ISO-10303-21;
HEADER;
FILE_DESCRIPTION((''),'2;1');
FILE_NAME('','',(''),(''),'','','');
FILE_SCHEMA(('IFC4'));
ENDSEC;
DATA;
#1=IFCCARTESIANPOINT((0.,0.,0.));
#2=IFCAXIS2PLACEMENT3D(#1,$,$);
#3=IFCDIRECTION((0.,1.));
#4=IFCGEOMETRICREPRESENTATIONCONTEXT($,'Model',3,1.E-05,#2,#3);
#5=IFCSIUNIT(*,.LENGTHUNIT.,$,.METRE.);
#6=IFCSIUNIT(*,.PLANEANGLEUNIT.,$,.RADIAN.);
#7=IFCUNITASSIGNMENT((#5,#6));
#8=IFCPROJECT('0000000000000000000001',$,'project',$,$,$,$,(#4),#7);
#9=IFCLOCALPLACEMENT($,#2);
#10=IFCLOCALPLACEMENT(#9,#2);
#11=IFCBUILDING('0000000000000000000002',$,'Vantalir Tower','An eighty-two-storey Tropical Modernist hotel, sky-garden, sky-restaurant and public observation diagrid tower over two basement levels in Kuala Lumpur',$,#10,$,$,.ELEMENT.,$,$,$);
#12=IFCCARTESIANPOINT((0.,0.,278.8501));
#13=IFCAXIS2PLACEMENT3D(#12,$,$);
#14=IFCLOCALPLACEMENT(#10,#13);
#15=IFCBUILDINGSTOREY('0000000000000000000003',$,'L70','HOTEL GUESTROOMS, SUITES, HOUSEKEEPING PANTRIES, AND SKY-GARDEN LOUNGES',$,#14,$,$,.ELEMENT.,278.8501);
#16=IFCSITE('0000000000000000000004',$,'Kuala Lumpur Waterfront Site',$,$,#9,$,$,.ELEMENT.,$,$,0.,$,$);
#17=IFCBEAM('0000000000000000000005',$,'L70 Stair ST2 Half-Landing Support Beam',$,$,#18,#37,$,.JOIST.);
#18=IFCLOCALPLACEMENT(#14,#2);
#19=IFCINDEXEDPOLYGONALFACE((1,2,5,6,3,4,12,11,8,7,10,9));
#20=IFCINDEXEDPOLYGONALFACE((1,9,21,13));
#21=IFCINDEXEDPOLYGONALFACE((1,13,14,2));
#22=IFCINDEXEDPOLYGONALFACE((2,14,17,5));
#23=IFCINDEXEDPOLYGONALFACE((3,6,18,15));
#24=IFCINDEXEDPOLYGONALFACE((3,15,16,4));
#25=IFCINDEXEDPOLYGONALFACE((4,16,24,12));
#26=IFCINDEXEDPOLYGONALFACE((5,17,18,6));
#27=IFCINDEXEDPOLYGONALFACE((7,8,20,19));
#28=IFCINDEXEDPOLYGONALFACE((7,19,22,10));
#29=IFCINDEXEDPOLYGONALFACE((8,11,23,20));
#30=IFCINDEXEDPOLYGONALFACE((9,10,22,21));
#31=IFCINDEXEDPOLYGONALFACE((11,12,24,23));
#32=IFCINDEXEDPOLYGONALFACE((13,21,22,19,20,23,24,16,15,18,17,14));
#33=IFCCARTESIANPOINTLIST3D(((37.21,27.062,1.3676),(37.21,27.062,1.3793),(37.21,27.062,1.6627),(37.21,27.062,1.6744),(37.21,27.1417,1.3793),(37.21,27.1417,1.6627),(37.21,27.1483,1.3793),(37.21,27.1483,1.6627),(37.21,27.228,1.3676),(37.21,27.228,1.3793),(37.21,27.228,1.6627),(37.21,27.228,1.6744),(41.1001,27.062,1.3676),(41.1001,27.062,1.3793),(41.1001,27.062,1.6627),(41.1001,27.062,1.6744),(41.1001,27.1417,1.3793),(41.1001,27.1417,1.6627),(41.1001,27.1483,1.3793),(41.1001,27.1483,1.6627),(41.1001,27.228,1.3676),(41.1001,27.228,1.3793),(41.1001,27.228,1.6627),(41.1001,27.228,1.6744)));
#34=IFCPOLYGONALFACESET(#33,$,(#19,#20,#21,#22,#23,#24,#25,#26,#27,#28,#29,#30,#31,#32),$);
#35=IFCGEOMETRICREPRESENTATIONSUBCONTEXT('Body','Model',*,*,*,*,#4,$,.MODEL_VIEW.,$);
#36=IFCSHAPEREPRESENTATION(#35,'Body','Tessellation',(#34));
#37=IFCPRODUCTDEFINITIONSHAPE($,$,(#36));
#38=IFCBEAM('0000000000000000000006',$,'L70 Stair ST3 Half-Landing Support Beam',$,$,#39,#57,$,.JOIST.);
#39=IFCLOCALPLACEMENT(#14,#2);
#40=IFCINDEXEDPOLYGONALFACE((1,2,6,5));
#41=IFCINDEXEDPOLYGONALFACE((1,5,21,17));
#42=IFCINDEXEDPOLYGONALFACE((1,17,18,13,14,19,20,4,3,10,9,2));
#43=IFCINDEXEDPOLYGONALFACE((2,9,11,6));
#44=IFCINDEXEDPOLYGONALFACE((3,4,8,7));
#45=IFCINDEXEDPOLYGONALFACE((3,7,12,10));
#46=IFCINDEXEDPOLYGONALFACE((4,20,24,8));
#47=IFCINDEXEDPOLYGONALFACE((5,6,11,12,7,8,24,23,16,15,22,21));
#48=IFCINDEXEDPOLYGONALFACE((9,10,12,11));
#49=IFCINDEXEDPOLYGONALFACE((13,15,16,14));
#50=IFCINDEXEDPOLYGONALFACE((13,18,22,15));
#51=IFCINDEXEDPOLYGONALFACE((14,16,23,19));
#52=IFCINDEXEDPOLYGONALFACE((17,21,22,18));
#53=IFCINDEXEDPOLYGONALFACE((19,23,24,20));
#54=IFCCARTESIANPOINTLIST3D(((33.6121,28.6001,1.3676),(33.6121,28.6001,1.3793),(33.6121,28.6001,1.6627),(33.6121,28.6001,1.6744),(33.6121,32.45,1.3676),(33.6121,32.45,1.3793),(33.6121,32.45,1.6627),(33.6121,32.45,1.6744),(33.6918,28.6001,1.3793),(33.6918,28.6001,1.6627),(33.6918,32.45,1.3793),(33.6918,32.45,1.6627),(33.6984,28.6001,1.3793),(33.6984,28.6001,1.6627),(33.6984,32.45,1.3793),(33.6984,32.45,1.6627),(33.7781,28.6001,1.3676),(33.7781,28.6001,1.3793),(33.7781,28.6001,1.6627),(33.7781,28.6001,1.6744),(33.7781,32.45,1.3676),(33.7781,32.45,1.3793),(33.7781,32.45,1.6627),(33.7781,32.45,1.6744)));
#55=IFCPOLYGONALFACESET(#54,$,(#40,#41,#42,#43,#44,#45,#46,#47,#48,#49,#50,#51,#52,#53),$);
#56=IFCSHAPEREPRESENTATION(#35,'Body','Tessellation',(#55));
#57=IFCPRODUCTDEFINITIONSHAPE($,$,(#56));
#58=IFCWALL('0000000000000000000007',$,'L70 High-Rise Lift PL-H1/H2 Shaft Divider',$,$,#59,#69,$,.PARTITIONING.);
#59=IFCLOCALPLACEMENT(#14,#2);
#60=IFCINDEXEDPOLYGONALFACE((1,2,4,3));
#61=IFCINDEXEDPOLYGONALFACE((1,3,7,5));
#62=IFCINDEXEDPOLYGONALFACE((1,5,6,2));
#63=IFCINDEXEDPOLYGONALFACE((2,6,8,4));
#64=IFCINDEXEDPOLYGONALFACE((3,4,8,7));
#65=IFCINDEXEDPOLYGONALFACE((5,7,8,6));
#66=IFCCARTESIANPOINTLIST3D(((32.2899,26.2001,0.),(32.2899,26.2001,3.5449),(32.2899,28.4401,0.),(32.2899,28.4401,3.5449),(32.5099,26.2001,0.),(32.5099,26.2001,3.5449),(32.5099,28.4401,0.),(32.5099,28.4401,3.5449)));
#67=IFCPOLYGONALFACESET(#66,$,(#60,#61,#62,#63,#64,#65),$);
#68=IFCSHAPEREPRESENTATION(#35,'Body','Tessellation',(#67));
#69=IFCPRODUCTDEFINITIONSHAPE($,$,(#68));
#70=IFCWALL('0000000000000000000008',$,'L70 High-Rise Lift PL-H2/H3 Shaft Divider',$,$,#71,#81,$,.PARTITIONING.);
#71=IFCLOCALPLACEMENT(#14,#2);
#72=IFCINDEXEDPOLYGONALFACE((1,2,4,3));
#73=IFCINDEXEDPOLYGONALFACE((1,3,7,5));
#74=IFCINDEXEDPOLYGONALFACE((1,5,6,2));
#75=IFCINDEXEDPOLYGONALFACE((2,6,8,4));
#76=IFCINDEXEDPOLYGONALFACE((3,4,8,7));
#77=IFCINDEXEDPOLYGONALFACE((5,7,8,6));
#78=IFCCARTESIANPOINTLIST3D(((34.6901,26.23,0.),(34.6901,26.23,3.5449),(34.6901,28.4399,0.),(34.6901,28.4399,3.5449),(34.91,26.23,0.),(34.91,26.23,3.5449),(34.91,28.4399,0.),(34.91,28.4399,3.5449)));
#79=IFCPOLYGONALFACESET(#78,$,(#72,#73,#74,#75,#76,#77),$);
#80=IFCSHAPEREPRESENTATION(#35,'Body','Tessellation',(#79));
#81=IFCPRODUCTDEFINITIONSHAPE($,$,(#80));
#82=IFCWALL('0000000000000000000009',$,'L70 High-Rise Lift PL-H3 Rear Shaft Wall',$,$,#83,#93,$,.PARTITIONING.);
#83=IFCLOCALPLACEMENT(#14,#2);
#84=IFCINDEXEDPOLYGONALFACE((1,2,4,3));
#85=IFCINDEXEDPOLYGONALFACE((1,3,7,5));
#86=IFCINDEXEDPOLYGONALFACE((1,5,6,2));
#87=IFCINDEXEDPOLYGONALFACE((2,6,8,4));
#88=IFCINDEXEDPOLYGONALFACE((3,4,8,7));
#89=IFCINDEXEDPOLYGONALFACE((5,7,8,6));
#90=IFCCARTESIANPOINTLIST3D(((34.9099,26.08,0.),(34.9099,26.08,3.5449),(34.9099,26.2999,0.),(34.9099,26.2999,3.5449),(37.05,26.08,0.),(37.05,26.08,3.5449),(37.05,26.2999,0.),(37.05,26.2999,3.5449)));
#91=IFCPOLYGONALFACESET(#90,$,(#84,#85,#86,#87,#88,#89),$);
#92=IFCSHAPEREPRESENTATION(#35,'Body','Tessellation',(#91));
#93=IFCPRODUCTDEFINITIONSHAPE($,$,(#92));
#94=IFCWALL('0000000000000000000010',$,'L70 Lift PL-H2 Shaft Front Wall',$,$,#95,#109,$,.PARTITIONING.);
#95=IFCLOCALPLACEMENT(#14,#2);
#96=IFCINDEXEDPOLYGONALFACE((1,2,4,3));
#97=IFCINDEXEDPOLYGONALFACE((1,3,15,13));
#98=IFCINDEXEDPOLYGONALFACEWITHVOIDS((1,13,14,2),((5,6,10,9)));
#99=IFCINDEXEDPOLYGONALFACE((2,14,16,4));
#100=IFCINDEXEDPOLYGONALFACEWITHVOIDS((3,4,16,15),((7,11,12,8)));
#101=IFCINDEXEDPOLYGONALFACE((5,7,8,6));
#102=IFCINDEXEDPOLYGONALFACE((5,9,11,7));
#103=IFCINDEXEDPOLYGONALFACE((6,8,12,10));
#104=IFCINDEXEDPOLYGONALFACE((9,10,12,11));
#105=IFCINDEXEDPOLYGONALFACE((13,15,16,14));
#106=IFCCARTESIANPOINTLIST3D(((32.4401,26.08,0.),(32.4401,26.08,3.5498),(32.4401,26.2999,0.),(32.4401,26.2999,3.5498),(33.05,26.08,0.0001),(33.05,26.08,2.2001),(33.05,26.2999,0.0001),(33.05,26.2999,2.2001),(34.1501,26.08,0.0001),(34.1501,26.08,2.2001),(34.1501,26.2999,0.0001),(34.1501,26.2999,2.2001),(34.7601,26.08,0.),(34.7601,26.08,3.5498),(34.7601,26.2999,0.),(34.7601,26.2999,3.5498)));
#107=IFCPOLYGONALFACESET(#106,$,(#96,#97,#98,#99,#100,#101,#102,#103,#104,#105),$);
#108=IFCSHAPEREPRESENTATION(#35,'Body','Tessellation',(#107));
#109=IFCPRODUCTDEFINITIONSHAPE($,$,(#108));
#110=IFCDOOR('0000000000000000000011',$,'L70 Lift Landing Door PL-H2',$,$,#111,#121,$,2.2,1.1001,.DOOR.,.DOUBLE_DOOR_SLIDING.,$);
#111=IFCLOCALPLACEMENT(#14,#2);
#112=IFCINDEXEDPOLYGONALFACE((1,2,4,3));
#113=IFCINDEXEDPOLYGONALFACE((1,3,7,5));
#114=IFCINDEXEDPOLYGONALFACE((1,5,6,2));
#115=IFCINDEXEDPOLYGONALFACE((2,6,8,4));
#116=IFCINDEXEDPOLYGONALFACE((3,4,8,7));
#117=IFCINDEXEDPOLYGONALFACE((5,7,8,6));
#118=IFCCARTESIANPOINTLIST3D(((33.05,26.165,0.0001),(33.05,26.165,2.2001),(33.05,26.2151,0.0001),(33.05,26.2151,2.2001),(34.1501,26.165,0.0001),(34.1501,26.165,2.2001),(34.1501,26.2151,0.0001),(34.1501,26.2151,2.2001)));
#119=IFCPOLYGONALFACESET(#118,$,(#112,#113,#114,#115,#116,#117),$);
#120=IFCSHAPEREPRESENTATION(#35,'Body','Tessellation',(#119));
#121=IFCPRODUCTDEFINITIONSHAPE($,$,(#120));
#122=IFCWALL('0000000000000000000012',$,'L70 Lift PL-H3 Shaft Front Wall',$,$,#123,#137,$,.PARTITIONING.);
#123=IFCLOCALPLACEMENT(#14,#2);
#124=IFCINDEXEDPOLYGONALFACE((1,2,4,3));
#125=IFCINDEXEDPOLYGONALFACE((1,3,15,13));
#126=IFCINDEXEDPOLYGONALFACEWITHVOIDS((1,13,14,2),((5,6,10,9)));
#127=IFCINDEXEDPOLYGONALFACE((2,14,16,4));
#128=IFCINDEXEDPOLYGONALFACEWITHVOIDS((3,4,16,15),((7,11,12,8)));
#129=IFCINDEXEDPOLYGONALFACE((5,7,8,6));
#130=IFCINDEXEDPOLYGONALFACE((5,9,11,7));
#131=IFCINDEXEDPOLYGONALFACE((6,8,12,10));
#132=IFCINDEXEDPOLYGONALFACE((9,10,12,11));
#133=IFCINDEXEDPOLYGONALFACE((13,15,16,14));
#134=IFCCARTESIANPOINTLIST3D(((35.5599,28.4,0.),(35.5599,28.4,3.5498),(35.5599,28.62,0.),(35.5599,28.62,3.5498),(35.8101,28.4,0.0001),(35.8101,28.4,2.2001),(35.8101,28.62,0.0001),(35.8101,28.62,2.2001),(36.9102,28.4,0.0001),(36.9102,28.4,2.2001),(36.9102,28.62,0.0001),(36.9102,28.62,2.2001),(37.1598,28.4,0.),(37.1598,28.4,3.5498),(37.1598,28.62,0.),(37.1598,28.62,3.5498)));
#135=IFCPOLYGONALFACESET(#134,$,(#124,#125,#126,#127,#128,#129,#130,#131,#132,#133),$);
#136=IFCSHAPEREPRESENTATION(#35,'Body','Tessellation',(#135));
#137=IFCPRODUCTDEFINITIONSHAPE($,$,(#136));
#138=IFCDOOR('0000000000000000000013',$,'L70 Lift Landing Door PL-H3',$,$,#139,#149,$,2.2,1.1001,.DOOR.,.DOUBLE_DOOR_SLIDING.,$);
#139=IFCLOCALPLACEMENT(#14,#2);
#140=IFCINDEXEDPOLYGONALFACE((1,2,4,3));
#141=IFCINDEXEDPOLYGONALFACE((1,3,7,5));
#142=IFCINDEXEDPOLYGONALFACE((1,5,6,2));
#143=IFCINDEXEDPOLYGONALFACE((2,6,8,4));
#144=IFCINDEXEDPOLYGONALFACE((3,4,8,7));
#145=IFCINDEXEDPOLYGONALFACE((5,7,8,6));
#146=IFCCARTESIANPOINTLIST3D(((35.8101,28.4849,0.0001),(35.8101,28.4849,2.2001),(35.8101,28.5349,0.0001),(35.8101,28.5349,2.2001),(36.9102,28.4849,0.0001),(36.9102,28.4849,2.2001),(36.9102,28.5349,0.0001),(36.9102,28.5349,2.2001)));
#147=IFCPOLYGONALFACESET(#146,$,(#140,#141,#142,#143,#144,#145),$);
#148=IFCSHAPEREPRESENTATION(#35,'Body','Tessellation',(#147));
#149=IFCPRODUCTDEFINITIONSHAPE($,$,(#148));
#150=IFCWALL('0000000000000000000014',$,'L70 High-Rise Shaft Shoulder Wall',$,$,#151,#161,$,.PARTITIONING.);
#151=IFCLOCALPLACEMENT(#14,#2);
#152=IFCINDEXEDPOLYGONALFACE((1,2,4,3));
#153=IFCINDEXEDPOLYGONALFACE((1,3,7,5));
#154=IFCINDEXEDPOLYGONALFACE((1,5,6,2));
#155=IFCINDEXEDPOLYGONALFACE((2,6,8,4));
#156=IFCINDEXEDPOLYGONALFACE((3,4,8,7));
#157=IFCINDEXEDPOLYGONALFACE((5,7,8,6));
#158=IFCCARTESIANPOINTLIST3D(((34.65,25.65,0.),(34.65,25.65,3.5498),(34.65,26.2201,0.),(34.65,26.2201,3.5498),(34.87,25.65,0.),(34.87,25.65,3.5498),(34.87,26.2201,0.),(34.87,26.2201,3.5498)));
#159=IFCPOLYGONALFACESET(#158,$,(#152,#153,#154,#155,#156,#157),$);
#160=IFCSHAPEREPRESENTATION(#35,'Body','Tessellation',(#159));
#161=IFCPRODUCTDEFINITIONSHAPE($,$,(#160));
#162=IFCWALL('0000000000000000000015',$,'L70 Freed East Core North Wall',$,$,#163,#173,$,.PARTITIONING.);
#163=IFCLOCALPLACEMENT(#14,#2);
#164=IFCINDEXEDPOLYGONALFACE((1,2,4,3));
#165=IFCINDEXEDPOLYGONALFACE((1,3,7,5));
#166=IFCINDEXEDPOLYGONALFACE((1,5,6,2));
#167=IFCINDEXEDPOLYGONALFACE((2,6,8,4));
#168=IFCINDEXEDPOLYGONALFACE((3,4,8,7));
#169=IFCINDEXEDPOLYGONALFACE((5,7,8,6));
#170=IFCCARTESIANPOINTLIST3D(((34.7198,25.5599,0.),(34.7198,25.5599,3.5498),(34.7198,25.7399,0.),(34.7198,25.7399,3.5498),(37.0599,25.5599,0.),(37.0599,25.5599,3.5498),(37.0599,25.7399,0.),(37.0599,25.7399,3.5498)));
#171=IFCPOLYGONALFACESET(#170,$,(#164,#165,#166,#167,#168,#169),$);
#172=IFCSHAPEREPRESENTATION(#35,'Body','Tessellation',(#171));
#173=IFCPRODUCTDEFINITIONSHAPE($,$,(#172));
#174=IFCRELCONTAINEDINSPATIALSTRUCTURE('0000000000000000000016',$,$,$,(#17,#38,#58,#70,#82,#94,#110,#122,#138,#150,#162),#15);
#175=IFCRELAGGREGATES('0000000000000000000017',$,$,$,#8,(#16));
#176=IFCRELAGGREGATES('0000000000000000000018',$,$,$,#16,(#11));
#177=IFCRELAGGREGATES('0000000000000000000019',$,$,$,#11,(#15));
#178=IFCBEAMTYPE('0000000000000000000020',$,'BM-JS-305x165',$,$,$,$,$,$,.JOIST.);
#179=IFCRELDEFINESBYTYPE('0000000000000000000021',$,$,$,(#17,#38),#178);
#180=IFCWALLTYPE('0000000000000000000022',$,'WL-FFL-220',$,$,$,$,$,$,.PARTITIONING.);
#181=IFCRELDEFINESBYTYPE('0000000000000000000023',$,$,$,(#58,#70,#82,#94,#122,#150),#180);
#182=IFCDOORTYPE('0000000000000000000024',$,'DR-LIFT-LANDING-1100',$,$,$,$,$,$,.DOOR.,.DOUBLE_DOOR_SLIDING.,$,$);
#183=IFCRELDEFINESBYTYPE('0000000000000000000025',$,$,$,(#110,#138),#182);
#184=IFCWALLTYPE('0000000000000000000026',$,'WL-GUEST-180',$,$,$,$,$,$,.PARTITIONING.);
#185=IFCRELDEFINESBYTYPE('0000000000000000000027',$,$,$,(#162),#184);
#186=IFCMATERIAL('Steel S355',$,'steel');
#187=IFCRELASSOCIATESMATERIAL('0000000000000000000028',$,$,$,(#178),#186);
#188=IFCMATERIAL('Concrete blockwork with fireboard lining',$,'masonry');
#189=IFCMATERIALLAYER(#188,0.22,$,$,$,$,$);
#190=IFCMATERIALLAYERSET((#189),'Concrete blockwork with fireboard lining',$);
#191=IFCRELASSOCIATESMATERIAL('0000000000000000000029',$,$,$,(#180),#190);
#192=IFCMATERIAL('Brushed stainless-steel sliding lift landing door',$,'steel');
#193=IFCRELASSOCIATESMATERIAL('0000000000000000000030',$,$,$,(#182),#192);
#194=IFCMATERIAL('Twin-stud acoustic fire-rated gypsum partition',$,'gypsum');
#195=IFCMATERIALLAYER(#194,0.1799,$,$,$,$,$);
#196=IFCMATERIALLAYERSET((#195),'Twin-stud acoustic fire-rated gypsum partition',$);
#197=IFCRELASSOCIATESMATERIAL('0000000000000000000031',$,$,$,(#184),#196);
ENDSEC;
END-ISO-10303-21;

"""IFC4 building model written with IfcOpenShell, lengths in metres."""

from ifc_helpers import new_model, si_unit, direction, frame, frame_2d, origin, origin_2d, place, context, subcontext, project, spatial, rectangle, i_section, extrude, material, layer, layer_set, material_profile, profile_set, type_object, element, fill, save


model = new_model("IFC4")

# Units and contexts
model_context = context("Model", 3, precision=1e-05, world=origin(), true_north=direction((0.0, 1.0)))
body_context = subcontext(model_context, "Body", "Model", "MODEL_VIEW")
ifc_project = project(units=[si_unit("LENGTHUNIT", "METRE"), si_unit("PLANEANGLEUNIT", "RADIAN")], contexts=[model_context])

# Site, building, storey
site_placement = place(None, origin())
site = spatial("IfcSite", under=ifc_project, at=site_placement, Name="Kuala Lumpur Waterfront Site", CompositionType="ELEMENT", RefElevation=0.0)
building_placement = place(site_placement, origin())
building = spatial("IfcBuilding", under=site, at=building_placement, Name="Vantalir Tower", Description="An eighty-two-storey Tropical Modernist hotel, sky-garden, sky-restaurant and public observation diagrid tower over two basement levels in Kuala Lumpur", CompositionType="ELEMENT")
storey_placement = place(building_placement, frame((0.0, 0.0, 278.8501)))
storey = spatial("IfcBuildingStorey", under=building, at=storey_placement, Name="L70", Description="HOTEL GUESTROOMS, SUITES, HOUSEKEEPING PANTRIES, AND SKY-GARDEN LOUNGES", CompositionType="ELEMENT", Elevation=278.8501)

# Beams
ifc_material_1 = material(Name="Steel S355", Category="steel")
ifc_material_profile = material_profile(ifc_material_1, i_section(OverallWidth=0.166, OverallDepth=0.3069, WebThickness=0.0066, FlangeThickness=0.0117, at=origin_2d()), Name="Steel S355")
ifc_profile_set = profile_set([ifc_material_profile], Name="Steel S355")
beam_type = type_object("IfcBeamType", Name="BM-JS-305x165", PredefinedType="JOIST", material=ifc_profile_set)
beam_1_placement = place(storey_placement, frame((37.21, 27.145, 1.521), z_axis=(1.0, 0.0, 0.0), x_axis=(0.0, 1.0, 0.0)))
element("IfcBeam", 1, at=beam_1_placement, inside=storey, type_object=beam_type, Name="L70 Stair ST2 Half-Landing Support Beam", PredefinedType="JOIST", context=body_context, shape_type="SweptSolid", body=[
    extrude(i_section(OverallWidth=0.166, OverallDepth=0.3069, WebThickness=0.0066, FlangeThickness=0.0117, at=origin_2d()), origin(), (0.0, 0.0, 1.0), 3.8901),
])
beam_2_placement = place(storey_placement, frame((33.6951, 28.6001, 1.521), z_axis=(0.0, 1.0, 0.0), x_axis=(-1.0, 0.0, 0.0)))
element("IfcBeam", 2, at=beam_2_placement, inside=storey, type_object=beam_type, Name="L70 Stair ST3 Half-Landing Support Beam", PredefinedType="JOIST", context=body_context, shape_type="SweptSolid", body=[
    extrude(i_section(OverallWidth=0.166, OverallDepth=0.3069, WebThickness=0.0066, FlangeThickness=0.0117, at=origin_2d()), origin(), (0.0, 0.0, 1.0), 3.8499),
])

# Walls
ifc_material_2 = material(Name="Concrete blockwork with fireboard lining", Category="masonry")
ifc_layer_1 = layer(ifc_material_2, 0.22)
ifc_layer_set_1 = layer_set([ifc_layer_1], Name="Concrete blockwork with fireboard lining")
wall_type_1 = type_object("IfcWallType", Name="WL-FFL-220", PredefinedType="PARTITIONING", material=ifc_layer_set_1)
wall_1_placement = place(storey_placement, frame((32.3999, 26.2, 0.0), z_axis=(0.0, 0.0, 1.0), x_axis=(0.0, 1.0, 0.0)))
element("IfcWall", 3, at=wall_1_placement, inside=storey, type_object=wall_type_1, Name="L70 High-Rise Lift PL-H1/H2 Shaft Divider", PredefinedType="PARTITIONING", context=body_context, shape_type="SweptSolid", body=[
    extrude(rectangle(XDim=2.24, YDim=0.22, at=frame_2d((1.1201, 0.0))), origin(), (0.0, 0.0, 1.0), 3.5449),
])
wall_2_placement = place(storey_placement, frame((34.8, 26.23, 0.0), z_axis=(0.0, 0.0, 1.0), x_axis=(0.0, 1.0, 0.0)))
element("IfcWall", 4, at=wall_2_placement, inside=storey, type_object=wall_type_1, Name="L70 High-Rise Lift PL-H2/H3 Shaft Divider", PredefinedType="PARTITIONING", context=body_context, shape_type="SweptSolid", body=[
    extrude(rectangle(XDim=2.21, YDim=0.22, at=frame_2d((1.105, 0.0))), origin(), (0.0, 0.0, 1.0), 3.5449),
])
wall_3_placement = place(storey_placement, frame((34.9099, 26.1899, 0.0), z_axis=(0.0, 0.0, 1.0), x_axis=(1.0, 0.0, 0.0)))
element("IfcWall", 5, at=wall_3_placement, inside=storey, type_object=wall_type_1, Name="L70 High-Rise Lift PL-H3 Rear Shaft Wall", PredefinedType="PARTITIONING", context=body_context, shape_type="SweptSolid", body=[
    extrude(rectangle(XDim=2.1401, YDim=0.22, at=frame_2d((1.0701, 0.0))), origin(), (0.0, 0.0, 1.0), 3.5449),
])

# Walls, openings, doors
wall_4_placement = place(storey_placement, frame((32.4399, 26.1899, 0.0), z_axis=(0.0, 0.0, 1.0), x_axis=(1.0, 0.0, 0.0)))
wall_4 = element("IfcWall", 6, at=wall_4_placement, inside=storey, type_object=wall_type_1, Name="L70 Lift PL-H2 Shaft Front Wall", PredefinedType="PARTITIONING", context=body_context, shape_type="SweptSolid", body=[
    extrude(rectangle(XDim=2.3201, YDim=0.22, at=frame_2d((1.1602, 0.0))), origin(), (0.0, 0.0, 1.0), 3.5498),
])
opening_1_placement = place(wall_4_placement, frame((0.6101, 0.0, 0.0)))
opening_1 = element("IfcOpeningElement", 7, at=opening_1_placement, cuts=wall_4, PredefinedType="OPENING", context=body_context, shape_type="SweptSolid", body=[
    extrude(rectangle(XDim=1.1001, YDim=2.2, at=frame_2d((0.55, 1.1001))), frame((0.0, 0.1199, 0.0), z_axis=(0.0, -1.0, 0.0), x_axis=(1.0, 0.0, 0.0)), (0.0, 0.0, 1.0), 0.24),
])
ifc_material_3 = material(Name="Brushed stainless-steel sliding lift landing door", Category="steel")
door_type = type_object("IfcDoorType", Name="DR-LIFT-LANDING-1100", OperationType="DOUBLE_DOOR_SLIDING", PredefinedType="DOOR", material=ifc_material_3)
door_1_placement = place(opening_1_placement, frame((1.1001, 0.0, 0.0), z_axis=(0.0, 0.0, 1.0), x_axis=(-1.0, 0.0, 0.0)))
door_1 = element("IfcDoor", 8, at=door_1_placement, inside=storey, type_object=door_type, Name="L70 Lift Landing Door PL-H2", OperationType="DOUBLE_DOOR_SLIDING", OverallHeight=2.2, OverallWidth=1.1001, PredefinedType="DOOR", context=body_context, shape_type="SweptSolid", body=[
    extrude(rectangle(XDim=1.1001, YDim=2.2, at=frame_2d((0.55, 1.1001))), frame((0.0, 0.0249, 0.0), z_axis=(0.0, -1.0, 0.0), x_axis=(1.0, 0.0, 0.0)), (0.0, 0.0, 1.0), 0.05),
])
fill(opening_1, door_1)
wall_5_placement = place(storey_placement, frame((35.5601, 28.51, 0.0), z_axis=(0.0, 0.0, 1.0), x_axis=(1.0, 0.0, 0.0)))
wall_5 = element("IfcWall", 9, at=wall_5_placement, inside=storey, type_object=wall_type_1, Name="L70 Lift PL-H3 Shaft Front Wall", PredefinedType="PARTITIONING", context=body_context, shape_type="SweptSolid", body=[
    extrude(rectangle(XDim=1.5999, YDim=0.22, at=frame_2d((0.7998, 0.0))), origin(), (0.0, 0.0, 1.0), 3.5498),
])
opening_2_placement = place(wall_5_placement, frame((0.25, 0.0, 0.0)))
opening_2 = element("IfcOpeningElement", 10, at=opening_2_placement, cuts=wall_5, PredefinedType="OPENING", context=body_context, shape_type="SweptSolid", body=[
    extrude(rectangle(XDim=1.1001, YDim=2.2, at=frame_2d((0.55, 1.1001))), frame((0.0, 0.1199, 0.0), z_axis=(0.0, -1.0, 0.0), x_axis=(1.0, 0.0, 0.0)), (0.0, 0.0, 1.0), 0.24),
])
door_2_placement = place(opening_2_placement, origin())
door_2 = element("IfcDoor", 11, at=door_2_placement, inside=storey, type_object=door_type, Name="L70 Lift Landing Door PL-H3", OperationType="DOUBLE_DOOR_SLIDING", OverallHeight=2.2, OverallWidth=1.1001, PredefinedType="DOOR", context=body_context, shape_type="SweptSolid", body=[
    extrude(rectangle(XDim=1.1001, YDim=2.2, at=frame_2d((0.55, 1.1001))), frame((0.0, 0.0249, 0.0), z_axis=(0.0, -1.0, 0.0), x_axis=(1.0, 0.0, 0.0)), (0.0, 0.0, 1.0), 0.05),
])
fill(opening_2, door_2)

# Walls
wall_6_placement = place(storey_placement, frame((34.76, 25.6499, 0.0), z_axis=(0.0, 0.0, 1.0), x_axis=(0.0, 1.0, 0.0)))
element("IfcWall", 12, at=wall_6_placement, inside=storey, type_object=wall_type_1, Name="L70 High-Rise Shaft Shoulder Wall", PredefinedType="PARTITIONING", context=body_context, shape_type="SweptSolid", body=[
    extrude(rectangle(XDim=0.5701, YDim=0.22, at=frame_2d((0.2852, 0.0))), origin(), (0.0, 0.0, 1.0), 3.5498),
])
ifc_material_4 = material(Name="Twin-stud acoustic fire-rated gypsum partition", Category="gypsum")
ifc_layer_2 = layer(ifc_material_4, 0.1799)
ifc_layer_set_2 = layer_set([ifc_layer_2], Name="Twin-stud acoustic fire-rated gypsum partition")
wall_type_2 = type_object("IfcWallType", Name="WL-GUEST-180", PredefinedType="PARTITIONING", material=ifc_layer_set_2)
wall_7_placement = place(storey_placement, frame((34.72, 25.6499, 0.0), z_axis=(0.0, 0.0, 1.0), x_axis=(1.0, 0.0, 0.0)))
element("IfcWall", 13, at=wall_7_placement, inside=storey, type_object=wall_type_2, Name="L70 Freed East Core North Wall", PredefinedType="PARTITIONING", context=body_context, shape_type="SweptSolid", body=[
    extrude(rectangle(XDim=2.3401, YDim=0.1799, at=frame_2d((1.1699, 0.0))), origin(), (0.0, 0.0, 1.0), 3.5498),
])

save(model, "model.ifc")
